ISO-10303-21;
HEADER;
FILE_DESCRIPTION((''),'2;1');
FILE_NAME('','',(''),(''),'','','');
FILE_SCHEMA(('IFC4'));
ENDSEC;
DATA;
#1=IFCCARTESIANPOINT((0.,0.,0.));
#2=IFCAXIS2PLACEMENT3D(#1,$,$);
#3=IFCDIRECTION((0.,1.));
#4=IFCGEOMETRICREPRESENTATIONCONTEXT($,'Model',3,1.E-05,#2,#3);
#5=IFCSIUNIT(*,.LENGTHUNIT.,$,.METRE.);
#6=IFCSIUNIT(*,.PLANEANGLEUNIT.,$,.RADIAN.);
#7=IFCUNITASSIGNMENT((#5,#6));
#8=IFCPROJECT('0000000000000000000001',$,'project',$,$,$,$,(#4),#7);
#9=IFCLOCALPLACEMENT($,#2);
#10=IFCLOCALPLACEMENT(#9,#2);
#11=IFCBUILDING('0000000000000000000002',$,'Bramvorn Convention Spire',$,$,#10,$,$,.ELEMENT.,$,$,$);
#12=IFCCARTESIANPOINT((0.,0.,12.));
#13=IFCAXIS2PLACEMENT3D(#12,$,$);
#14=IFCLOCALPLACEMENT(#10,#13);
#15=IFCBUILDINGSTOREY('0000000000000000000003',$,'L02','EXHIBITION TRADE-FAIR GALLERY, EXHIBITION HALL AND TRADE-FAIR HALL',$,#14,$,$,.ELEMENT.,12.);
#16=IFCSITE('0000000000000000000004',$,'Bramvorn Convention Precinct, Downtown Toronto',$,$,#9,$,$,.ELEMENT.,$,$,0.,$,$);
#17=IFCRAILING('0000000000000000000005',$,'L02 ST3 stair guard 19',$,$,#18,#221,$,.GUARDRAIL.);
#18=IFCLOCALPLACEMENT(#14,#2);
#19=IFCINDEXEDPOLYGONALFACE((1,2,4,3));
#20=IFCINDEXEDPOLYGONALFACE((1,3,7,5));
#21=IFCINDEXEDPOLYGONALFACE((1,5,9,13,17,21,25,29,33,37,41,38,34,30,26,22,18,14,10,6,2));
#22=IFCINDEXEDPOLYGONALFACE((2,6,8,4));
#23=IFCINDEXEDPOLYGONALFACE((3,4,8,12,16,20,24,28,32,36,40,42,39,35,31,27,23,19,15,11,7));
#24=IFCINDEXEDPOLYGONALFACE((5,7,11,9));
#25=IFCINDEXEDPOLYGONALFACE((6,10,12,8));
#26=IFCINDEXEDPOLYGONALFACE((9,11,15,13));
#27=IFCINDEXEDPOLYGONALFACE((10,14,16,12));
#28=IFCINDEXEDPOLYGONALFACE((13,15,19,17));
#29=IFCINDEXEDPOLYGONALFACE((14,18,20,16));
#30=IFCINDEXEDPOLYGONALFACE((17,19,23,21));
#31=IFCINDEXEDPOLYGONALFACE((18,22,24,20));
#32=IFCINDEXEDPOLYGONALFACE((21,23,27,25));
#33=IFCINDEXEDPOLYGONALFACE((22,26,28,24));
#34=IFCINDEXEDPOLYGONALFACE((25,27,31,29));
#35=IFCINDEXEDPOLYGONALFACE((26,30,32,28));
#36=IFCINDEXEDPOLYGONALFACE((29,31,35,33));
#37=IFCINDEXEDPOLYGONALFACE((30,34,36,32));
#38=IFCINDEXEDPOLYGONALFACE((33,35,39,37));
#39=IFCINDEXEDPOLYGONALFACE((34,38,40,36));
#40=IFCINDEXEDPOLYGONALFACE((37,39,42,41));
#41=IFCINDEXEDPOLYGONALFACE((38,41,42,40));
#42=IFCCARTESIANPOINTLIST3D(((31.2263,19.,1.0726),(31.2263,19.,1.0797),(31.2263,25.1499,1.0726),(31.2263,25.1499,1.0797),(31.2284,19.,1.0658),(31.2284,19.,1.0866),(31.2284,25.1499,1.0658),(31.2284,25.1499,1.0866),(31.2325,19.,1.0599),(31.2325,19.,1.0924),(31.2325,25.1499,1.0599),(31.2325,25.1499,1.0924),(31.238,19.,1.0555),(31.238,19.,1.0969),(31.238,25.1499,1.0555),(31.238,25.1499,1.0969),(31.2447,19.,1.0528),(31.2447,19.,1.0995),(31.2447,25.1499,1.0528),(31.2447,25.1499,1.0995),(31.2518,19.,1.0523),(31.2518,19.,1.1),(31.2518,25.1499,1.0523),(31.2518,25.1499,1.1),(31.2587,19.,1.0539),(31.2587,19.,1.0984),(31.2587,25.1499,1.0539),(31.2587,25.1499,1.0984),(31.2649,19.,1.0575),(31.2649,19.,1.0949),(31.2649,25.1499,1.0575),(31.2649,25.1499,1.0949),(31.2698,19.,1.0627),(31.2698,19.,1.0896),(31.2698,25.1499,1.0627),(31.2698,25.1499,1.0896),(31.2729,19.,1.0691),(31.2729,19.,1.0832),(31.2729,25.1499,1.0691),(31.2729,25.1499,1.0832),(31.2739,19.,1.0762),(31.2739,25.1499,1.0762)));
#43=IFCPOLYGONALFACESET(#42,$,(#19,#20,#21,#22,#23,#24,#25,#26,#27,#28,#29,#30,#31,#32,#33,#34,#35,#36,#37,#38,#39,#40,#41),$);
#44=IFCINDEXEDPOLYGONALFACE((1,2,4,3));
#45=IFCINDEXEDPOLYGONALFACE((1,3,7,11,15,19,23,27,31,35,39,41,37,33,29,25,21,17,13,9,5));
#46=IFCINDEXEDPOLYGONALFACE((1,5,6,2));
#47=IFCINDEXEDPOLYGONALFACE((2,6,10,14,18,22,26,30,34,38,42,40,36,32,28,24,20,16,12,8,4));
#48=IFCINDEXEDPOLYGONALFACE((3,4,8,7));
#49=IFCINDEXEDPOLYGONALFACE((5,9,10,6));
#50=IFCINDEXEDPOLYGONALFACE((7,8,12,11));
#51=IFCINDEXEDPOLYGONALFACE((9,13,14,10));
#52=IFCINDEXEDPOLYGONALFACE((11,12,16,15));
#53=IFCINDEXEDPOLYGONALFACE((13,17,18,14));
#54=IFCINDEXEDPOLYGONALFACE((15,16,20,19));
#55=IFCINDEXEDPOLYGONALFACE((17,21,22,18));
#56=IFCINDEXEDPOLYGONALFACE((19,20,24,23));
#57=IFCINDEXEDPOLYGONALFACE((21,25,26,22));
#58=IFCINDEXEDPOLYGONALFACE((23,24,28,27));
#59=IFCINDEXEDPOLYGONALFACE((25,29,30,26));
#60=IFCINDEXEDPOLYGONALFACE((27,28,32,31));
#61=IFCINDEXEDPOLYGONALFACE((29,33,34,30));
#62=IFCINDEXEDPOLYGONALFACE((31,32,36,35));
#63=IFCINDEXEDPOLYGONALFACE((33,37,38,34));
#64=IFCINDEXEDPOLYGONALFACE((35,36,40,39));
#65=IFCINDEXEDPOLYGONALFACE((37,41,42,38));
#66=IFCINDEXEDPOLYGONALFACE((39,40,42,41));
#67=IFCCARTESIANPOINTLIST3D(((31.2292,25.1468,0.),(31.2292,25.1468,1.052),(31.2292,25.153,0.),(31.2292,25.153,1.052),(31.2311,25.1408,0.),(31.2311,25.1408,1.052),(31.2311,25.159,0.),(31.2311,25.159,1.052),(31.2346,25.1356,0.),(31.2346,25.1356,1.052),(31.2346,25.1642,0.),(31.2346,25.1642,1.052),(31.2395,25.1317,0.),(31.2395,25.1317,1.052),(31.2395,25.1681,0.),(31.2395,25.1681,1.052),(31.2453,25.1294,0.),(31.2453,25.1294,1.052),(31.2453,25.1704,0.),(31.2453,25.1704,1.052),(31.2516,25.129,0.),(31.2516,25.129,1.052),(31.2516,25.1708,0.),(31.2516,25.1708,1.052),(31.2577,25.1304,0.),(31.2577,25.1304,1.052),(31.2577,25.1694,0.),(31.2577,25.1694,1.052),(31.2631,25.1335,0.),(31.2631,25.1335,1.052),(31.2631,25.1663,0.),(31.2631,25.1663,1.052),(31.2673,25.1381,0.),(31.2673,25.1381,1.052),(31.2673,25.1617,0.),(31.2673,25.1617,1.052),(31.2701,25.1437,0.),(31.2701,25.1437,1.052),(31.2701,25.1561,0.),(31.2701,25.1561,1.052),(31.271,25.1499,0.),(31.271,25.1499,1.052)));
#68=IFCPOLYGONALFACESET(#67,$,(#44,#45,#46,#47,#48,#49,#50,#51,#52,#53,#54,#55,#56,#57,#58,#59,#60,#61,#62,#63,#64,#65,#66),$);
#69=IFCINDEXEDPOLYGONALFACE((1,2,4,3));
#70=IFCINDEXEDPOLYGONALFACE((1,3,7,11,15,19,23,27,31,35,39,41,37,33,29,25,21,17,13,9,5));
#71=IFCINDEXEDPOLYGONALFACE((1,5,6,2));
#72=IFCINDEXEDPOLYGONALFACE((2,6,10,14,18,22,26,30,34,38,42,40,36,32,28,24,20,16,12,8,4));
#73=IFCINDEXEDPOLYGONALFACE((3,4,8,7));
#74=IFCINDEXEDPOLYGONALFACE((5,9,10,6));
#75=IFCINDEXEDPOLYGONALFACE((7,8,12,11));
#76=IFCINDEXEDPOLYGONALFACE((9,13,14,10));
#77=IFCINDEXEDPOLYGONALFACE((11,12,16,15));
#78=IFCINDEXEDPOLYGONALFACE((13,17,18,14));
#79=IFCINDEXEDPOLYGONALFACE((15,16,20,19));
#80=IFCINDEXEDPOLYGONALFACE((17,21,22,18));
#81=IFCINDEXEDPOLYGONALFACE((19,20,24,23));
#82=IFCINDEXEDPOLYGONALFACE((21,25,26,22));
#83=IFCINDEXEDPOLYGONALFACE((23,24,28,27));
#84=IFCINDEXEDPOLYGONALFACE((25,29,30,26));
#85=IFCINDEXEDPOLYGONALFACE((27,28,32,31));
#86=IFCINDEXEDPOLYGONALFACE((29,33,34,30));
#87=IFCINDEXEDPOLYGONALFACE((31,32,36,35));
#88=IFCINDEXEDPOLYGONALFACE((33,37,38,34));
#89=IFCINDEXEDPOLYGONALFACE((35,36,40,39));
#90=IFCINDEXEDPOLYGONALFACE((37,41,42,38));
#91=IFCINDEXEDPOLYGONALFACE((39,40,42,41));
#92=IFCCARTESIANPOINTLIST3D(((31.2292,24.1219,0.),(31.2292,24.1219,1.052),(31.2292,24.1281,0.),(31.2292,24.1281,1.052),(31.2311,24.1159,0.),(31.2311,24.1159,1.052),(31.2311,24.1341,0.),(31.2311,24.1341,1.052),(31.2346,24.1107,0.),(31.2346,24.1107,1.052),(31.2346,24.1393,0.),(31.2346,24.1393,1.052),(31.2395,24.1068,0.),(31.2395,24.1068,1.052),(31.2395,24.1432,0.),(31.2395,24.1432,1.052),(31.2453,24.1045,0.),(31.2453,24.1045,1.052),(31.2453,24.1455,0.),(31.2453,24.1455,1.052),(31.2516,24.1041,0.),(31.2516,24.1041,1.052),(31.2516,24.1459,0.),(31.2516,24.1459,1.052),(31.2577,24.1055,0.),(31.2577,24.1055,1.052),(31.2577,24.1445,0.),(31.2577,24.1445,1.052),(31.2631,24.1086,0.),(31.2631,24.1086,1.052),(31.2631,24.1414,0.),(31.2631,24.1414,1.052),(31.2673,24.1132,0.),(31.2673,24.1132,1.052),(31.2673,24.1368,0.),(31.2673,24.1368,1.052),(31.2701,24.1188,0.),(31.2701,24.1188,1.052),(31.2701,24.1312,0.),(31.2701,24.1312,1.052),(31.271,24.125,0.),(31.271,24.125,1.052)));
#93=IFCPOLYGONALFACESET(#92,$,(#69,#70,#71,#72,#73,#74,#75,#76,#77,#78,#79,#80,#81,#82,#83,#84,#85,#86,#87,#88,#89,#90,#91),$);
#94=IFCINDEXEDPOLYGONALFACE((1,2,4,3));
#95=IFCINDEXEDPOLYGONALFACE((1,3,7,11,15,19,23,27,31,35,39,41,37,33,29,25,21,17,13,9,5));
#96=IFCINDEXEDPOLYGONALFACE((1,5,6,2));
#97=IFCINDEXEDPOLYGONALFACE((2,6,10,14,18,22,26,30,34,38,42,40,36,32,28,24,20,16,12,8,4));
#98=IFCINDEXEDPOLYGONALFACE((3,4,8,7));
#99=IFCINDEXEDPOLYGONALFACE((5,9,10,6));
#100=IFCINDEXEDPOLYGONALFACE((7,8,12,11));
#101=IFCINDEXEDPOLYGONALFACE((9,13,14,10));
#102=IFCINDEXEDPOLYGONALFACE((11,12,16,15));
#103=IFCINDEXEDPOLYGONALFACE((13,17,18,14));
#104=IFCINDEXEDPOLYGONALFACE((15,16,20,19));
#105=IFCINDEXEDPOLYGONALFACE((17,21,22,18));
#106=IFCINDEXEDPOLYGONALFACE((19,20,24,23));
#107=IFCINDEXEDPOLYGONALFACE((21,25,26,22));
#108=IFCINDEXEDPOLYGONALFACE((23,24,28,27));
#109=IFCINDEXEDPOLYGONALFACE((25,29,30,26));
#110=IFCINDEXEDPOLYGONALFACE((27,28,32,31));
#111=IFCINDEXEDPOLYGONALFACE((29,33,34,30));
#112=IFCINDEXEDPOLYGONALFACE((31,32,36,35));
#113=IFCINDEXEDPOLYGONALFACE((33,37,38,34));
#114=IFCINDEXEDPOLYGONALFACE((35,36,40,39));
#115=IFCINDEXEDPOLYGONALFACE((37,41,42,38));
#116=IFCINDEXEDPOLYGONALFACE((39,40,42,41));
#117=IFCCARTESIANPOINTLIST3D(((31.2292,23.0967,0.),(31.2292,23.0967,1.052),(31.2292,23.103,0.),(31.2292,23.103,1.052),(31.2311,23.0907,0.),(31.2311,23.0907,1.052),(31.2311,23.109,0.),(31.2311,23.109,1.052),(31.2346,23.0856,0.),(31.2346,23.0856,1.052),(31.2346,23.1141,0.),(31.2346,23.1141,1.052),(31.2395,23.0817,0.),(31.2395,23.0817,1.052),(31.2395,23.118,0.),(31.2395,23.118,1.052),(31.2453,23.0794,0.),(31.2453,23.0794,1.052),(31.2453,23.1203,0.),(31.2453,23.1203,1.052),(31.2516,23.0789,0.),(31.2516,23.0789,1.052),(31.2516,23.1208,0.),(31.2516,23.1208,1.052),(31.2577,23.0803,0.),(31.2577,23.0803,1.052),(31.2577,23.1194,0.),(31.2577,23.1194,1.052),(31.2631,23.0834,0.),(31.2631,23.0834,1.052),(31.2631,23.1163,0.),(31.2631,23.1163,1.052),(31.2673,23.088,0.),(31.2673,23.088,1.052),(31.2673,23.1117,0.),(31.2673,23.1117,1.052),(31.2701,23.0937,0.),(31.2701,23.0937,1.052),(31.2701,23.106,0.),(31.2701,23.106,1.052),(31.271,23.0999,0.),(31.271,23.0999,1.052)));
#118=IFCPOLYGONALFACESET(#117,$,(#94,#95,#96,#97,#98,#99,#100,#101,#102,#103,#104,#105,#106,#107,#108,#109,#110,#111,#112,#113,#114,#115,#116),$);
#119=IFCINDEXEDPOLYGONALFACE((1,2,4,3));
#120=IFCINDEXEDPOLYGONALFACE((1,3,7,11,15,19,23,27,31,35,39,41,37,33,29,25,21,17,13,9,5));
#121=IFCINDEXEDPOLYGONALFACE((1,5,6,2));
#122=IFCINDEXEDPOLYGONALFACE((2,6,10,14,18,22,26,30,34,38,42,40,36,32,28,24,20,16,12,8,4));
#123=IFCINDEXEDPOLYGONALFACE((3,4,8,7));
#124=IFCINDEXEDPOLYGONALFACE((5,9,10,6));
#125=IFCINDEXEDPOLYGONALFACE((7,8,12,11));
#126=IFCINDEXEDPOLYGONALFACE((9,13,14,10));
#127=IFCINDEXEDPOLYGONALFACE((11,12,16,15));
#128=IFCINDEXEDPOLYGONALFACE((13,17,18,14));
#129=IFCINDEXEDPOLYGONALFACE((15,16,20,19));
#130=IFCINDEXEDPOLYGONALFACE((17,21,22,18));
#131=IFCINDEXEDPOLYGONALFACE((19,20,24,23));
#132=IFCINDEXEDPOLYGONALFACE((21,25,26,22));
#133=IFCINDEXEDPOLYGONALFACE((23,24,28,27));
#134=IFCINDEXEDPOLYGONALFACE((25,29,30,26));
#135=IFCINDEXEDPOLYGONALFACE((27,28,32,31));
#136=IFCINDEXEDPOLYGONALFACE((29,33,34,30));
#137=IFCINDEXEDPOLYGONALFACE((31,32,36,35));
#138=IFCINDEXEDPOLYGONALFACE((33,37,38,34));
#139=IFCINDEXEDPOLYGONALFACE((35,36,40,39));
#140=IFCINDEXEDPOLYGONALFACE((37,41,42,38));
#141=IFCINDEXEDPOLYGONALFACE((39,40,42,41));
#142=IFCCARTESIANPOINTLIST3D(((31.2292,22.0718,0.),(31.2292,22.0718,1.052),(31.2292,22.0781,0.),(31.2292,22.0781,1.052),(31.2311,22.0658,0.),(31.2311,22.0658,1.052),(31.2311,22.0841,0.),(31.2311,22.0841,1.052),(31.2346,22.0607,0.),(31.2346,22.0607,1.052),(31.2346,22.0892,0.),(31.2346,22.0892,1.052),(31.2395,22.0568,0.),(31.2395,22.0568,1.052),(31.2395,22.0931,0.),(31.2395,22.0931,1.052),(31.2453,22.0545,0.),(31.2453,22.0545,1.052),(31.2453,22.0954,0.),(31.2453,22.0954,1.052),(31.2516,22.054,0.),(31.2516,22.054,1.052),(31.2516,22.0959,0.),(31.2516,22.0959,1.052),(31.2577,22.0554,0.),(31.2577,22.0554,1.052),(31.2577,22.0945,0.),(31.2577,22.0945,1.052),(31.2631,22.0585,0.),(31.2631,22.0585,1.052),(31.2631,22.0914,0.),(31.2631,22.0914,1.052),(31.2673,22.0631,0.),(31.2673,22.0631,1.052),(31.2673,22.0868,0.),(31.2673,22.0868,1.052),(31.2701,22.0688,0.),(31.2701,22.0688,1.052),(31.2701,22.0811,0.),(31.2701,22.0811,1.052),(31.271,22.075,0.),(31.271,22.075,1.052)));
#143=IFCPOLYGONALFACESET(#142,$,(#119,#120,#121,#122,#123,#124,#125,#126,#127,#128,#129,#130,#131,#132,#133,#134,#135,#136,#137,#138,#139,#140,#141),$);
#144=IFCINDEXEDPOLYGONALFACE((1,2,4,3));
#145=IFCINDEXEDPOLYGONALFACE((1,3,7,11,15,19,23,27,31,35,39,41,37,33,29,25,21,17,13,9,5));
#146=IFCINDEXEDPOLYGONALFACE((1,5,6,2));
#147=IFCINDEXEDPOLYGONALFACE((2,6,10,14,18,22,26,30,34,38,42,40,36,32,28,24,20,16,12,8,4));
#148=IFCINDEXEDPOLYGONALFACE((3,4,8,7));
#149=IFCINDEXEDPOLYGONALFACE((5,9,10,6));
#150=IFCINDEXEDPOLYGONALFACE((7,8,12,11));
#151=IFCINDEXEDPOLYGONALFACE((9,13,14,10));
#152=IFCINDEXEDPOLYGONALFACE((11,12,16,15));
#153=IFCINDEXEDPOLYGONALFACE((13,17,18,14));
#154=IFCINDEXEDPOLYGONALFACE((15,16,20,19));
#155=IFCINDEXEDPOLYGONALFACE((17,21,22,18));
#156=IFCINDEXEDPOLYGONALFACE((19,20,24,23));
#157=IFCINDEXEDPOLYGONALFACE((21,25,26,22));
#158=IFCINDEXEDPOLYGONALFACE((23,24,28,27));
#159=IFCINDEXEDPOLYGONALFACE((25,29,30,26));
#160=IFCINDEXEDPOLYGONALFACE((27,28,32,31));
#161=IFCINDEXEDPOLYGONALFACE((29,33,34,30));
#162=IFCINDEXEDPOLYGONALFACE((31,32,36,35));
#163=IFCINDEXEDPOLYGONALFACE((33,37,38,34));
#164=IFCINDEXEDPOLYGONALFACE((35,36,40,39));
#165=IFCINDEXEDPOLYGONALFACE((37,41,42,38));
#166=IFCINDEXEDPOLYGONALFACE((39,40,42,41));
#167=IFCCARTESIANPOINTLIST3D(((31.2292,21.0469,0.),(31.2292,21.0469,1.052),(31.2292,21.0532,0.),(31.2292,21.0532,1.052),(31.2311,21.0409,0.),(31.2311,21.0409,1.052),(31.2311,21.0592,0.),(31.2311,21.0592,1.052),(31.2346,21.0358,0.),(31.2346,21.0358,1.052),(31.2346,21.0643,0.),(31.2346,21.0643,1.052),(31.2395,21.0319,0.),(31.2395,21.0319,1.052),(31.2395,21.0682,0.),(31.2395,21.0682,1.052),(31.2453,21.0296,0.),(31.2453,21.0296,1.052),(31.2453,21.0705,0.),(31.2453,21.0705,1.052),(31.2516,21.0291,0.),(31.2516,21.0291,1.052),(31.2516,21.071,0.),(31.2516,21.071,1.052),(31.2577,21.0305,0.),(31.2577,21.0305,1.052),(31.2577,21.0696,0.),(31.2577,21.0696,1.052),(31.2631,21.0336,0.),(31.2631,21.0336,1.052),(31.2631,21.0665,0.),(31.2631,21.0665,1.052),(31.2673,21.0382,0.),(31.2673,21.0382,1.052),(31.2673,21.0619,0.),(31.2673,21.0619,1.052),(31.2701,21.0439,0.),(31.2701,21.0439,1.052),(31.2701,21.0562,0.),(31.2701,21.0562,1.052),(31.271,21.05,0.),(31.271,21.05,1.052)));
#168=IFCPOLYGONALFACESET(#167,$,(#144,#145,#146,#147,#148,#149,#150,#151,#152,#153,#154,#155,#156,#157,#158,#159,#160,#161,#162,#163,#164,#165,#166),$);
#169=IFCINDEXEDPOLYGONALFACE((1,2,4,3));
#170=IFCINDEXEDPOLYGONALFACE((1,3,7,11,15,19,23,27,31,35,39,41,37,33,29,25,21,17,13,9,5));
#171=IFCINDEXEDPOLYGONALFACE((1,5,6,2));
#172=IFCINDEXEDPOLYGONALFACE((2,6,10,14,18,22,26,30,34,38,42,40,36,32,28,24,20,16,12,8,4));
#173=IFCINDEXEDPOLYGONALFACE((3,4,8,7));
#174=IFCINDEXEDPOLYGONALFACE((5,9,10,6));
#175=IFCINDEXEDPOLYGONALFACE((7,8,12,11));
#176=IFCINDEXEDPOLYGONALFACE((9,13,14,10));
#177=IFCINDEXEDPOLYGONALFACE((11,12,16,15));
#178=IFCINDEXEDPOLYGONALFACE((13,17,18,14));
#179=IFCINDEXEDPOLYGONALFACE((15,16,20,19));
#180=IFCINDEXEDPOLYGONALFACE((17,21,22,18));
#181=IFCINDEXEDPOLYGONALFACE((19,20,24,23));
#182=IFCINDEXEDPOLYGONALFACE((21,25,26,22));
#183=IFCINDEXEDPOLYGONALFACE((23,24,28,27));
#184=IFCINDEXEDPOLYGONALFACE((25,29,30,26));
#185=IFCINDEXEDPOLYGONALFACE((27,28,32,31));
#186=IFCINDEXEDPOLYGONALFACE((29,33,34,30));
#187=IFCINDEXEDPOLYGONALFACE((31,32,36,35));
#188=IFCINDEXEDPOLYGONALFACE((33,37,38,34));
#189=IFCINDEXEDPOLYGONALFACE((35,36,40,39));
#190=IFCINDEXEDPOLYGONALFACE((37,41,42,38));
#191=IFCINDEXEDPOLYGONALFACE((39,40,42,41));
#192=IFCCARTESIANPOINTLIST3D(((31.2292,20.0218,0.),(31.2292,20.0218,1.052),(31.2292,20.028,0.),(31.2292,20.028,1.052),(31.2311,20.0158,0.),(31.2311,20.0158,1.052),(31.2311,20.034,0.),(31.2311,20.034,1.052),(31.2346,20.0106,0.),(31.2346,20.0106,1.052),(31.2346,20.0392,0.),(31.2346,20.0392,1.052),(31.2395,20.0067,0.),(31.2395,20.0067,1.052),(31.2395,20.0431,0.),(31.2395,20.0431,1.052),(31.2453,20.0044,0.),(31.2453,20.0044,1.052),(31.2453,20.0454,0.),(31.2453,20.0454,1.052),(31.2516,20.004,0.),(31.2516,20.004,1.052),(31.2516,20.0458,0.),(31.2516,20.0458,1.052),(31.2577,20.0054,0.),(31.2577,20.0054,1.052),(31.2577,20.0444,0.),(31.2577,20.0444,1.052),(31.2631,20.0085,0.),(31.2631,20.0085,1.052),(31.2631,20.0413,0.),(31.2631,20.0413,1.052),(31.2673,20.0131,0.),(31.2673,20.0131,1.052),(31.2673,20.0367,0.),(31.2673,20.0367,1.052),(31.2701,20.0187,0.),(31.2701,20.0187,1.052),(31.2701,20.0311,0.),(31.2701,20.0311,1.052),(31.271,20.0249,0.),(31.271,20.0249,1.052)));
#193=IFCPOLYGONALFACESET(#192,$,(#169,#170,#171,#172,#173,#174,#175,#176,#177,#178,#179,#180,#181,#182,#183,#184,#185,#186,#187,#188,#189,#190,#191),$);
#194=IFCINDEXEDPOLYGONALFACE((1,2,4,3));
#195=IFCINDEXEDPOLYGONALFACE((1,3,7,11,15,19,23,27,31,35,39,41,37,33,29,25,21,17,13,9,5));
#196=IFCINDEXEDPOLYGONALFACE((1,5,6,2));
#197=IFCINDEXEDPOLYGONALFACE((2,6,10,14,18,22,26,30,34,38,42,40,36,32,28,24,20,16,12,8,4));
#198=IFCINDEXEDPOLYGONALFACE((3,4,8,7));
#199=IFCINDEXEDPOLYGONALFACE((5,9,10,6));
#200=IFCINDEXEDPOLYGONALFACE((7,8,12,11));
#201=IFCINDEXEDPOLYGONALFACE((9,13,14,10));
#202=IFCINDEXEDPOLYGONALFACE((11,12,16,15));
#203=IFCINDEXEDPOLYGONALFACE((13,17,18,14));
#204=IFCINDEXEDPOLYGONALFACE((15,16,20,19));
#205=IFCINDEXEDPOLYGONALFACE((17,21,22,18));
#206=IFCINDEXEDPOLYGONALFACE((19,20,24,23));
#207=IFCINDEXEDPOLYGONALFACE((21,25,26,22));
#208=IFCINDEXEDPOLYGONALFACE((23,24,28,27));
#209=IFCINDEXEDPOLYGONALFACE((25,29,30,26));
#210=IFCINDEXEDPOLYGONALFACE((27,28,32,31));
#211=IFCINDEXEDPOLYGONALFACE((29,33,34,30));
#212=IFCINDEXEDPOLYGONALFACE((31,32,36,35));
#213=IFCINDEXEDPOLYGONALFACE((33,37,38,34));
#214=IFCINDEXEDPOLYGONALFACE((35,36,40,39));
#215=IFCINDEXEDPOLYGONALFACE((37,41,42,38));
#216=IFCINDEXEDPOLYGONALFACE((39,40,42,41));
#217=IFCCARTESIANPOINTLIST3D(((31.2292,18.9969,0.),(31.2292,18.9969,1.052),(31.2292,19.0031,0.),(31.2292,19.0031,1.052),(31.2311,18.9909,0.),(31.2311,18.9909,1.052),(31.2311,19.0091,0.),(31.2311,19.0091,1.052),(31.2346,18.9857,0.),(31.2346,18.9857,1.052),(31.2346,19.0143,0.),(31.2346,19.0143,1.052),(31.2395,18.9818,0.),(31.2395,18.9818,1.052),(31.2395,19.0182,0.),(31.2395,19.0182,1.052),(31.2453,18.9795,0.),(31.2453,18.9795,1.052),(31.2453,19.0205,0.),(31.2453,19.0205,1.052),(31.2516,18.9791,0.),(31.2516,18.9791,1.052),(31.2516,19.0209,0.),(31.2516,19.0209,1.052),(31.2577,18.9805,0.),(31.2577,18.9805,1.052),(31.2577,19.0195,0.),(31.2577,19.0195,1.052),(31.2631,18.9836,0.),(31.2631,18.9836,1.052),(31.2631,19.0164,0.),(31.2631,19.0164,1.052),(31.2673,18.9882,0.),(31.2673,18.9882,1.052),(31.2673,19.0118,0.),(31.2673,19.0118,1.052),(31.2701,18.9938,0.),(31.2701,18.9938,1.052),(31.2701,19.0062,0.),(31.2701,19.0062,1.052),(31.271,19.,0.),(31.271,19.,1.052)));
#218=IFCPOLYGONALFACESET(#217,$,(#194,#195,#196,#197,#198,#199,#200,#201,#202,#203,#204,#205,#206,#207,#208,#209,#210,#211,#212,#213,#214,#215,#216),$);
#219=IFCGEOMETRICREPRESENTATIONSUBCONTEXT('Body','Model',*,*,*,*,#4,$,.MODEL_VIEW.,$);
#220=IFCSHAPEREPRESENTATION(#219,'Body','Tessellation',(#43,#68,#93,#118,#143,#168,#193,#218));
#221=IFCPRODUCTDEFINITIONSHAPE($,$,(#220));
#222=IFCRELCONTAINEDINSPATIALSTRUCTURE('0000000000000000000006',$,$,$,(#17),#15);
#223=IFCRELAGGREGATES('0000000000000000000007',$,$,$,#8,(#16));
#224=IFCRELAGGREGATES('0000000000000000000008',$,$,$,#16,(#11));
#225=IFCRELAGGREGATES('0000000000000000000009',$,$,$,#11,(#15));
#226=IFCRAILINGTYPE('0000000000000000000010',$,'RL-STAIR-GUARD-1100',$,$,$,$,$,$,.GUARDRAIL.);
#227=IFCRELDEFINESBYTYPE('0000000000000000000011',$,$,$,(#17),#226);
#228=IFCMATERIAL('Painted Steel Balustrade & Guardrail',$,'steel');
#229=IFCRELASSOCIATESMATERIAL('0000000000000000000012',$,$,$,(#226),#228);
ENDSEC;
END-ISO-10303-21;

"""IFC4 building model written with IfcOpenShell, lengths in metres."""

from ifc_helpers import new_model, si_unit, direction, frame, origin, origin_2d, place, context, subcontext, project, spatial, circle, extrude, material, type_object, element, save


model = new_model("IFC4")

# Units and contexts
model_context = context("Model", 3, precision=1e-05, world=origin(), true_north=direction((0.0, 1.0)))
body_context = subcontext(model_context, "Body", "Model", "MODEL_VIEW")
ifc_project = project(units=[si_unit("LENGTHUNIT", "METRE"), si_unit("PLANEANGLEUNIT", "RADIAN")], contexts=[model_context])

# Site, building, storey
site_placement = place(None, origin())
site = spatial("IfcSite", under=ifc_project, at=site_placement, Name="Bramvorn Convention Precinct, Downtown Toronto", CompositionType="ELEMENT", RefElevation=0.0)
building_placement = place(site_placement, origin())
building = spatial("IfcBuilding", under=site, at=building_placement, Name="Bramvorn Convention Spire", CompositionType="ELEMENT")
storey_placement = place(building_placement, frame((0.0, 0.0, 12.0)))
storey = spatial("IfcBuildingStorey", under=building, at=storey_placement, Name="L02", Description="EXHIBITION TRADE-FAIR GALLERY, EXHIBITION HALL AND TRADE-FAIR HALL", CompositionType="ELEMENT", Elevation=12.0)

# Railing
ifc_material_1 = material(Name="Painted Steel Balustrade & Guardrail", Category="steel")
railing_type = type_object("IfcRailingType", Name="RL-STAIR-GUARD-1100", PredefinedType="GUARDRAIL", material=ifc_material_1)
railing_1_placement = place(storey_placement, frame((31.25, 25.1499, 0.0)))
element("IfcRailing", 1, at=railing_1_placement, inside=storey, type_object=railing_type, Name="L02 ST3 stair guard 19", PredefinedType="GUARDRAIL", context=body_context, shape_type="SweptSolid", body=[
    extrude(circle(Radius=0.0239, at=origin_2d()), frame((0.0, 0.0, 1.0762), z_axis=(0.0, -1.0, 0.0), x_axis=(1.0, 0.0, 0.0)), (0.0, 0.0, 1.0), 6.1499),
    extrude(circle(Radius=0.021, at=origin_2d()), origin(), (0.0, 0.0, 1.0), 1.052),
    extrude(circle(Radius=0.021, at=origin_2d()), frame((0.0, -1.0249, 0.0)), (0.0, 0.0, 1.0), 1.052),
    extrude(circle(Radius=0.021, at=origin_2d()), frame((0.0, -2.05, 0.0)), (0.0, 0.0, 1.0), 1.052),
    extrude(circle(Radius=0.021, at=origin_2d()), frame((0.0, -3.075, 0.0)), (0.0, 0.0, 1.0), 1.052),
    extrude(circle(Radius=0.021, at=origin_2d()), frame((0.0, -4.0999, 0.0)), (0.0, 0.0, 1.0), 1.052),
    extrude(circle(Radius=0.021, at=origin_2d()), frame((0.0, -5.125, 0.0)), (0.0, 0.0, 1.0), 1.052),
    extrude(circle(Radius=0.021, at=origin_2d()), frame((0.0, -6.1499, 0.0)), (0.0, 0.0, 1.0), 1.052),
])

save(model, "model.ifc")
